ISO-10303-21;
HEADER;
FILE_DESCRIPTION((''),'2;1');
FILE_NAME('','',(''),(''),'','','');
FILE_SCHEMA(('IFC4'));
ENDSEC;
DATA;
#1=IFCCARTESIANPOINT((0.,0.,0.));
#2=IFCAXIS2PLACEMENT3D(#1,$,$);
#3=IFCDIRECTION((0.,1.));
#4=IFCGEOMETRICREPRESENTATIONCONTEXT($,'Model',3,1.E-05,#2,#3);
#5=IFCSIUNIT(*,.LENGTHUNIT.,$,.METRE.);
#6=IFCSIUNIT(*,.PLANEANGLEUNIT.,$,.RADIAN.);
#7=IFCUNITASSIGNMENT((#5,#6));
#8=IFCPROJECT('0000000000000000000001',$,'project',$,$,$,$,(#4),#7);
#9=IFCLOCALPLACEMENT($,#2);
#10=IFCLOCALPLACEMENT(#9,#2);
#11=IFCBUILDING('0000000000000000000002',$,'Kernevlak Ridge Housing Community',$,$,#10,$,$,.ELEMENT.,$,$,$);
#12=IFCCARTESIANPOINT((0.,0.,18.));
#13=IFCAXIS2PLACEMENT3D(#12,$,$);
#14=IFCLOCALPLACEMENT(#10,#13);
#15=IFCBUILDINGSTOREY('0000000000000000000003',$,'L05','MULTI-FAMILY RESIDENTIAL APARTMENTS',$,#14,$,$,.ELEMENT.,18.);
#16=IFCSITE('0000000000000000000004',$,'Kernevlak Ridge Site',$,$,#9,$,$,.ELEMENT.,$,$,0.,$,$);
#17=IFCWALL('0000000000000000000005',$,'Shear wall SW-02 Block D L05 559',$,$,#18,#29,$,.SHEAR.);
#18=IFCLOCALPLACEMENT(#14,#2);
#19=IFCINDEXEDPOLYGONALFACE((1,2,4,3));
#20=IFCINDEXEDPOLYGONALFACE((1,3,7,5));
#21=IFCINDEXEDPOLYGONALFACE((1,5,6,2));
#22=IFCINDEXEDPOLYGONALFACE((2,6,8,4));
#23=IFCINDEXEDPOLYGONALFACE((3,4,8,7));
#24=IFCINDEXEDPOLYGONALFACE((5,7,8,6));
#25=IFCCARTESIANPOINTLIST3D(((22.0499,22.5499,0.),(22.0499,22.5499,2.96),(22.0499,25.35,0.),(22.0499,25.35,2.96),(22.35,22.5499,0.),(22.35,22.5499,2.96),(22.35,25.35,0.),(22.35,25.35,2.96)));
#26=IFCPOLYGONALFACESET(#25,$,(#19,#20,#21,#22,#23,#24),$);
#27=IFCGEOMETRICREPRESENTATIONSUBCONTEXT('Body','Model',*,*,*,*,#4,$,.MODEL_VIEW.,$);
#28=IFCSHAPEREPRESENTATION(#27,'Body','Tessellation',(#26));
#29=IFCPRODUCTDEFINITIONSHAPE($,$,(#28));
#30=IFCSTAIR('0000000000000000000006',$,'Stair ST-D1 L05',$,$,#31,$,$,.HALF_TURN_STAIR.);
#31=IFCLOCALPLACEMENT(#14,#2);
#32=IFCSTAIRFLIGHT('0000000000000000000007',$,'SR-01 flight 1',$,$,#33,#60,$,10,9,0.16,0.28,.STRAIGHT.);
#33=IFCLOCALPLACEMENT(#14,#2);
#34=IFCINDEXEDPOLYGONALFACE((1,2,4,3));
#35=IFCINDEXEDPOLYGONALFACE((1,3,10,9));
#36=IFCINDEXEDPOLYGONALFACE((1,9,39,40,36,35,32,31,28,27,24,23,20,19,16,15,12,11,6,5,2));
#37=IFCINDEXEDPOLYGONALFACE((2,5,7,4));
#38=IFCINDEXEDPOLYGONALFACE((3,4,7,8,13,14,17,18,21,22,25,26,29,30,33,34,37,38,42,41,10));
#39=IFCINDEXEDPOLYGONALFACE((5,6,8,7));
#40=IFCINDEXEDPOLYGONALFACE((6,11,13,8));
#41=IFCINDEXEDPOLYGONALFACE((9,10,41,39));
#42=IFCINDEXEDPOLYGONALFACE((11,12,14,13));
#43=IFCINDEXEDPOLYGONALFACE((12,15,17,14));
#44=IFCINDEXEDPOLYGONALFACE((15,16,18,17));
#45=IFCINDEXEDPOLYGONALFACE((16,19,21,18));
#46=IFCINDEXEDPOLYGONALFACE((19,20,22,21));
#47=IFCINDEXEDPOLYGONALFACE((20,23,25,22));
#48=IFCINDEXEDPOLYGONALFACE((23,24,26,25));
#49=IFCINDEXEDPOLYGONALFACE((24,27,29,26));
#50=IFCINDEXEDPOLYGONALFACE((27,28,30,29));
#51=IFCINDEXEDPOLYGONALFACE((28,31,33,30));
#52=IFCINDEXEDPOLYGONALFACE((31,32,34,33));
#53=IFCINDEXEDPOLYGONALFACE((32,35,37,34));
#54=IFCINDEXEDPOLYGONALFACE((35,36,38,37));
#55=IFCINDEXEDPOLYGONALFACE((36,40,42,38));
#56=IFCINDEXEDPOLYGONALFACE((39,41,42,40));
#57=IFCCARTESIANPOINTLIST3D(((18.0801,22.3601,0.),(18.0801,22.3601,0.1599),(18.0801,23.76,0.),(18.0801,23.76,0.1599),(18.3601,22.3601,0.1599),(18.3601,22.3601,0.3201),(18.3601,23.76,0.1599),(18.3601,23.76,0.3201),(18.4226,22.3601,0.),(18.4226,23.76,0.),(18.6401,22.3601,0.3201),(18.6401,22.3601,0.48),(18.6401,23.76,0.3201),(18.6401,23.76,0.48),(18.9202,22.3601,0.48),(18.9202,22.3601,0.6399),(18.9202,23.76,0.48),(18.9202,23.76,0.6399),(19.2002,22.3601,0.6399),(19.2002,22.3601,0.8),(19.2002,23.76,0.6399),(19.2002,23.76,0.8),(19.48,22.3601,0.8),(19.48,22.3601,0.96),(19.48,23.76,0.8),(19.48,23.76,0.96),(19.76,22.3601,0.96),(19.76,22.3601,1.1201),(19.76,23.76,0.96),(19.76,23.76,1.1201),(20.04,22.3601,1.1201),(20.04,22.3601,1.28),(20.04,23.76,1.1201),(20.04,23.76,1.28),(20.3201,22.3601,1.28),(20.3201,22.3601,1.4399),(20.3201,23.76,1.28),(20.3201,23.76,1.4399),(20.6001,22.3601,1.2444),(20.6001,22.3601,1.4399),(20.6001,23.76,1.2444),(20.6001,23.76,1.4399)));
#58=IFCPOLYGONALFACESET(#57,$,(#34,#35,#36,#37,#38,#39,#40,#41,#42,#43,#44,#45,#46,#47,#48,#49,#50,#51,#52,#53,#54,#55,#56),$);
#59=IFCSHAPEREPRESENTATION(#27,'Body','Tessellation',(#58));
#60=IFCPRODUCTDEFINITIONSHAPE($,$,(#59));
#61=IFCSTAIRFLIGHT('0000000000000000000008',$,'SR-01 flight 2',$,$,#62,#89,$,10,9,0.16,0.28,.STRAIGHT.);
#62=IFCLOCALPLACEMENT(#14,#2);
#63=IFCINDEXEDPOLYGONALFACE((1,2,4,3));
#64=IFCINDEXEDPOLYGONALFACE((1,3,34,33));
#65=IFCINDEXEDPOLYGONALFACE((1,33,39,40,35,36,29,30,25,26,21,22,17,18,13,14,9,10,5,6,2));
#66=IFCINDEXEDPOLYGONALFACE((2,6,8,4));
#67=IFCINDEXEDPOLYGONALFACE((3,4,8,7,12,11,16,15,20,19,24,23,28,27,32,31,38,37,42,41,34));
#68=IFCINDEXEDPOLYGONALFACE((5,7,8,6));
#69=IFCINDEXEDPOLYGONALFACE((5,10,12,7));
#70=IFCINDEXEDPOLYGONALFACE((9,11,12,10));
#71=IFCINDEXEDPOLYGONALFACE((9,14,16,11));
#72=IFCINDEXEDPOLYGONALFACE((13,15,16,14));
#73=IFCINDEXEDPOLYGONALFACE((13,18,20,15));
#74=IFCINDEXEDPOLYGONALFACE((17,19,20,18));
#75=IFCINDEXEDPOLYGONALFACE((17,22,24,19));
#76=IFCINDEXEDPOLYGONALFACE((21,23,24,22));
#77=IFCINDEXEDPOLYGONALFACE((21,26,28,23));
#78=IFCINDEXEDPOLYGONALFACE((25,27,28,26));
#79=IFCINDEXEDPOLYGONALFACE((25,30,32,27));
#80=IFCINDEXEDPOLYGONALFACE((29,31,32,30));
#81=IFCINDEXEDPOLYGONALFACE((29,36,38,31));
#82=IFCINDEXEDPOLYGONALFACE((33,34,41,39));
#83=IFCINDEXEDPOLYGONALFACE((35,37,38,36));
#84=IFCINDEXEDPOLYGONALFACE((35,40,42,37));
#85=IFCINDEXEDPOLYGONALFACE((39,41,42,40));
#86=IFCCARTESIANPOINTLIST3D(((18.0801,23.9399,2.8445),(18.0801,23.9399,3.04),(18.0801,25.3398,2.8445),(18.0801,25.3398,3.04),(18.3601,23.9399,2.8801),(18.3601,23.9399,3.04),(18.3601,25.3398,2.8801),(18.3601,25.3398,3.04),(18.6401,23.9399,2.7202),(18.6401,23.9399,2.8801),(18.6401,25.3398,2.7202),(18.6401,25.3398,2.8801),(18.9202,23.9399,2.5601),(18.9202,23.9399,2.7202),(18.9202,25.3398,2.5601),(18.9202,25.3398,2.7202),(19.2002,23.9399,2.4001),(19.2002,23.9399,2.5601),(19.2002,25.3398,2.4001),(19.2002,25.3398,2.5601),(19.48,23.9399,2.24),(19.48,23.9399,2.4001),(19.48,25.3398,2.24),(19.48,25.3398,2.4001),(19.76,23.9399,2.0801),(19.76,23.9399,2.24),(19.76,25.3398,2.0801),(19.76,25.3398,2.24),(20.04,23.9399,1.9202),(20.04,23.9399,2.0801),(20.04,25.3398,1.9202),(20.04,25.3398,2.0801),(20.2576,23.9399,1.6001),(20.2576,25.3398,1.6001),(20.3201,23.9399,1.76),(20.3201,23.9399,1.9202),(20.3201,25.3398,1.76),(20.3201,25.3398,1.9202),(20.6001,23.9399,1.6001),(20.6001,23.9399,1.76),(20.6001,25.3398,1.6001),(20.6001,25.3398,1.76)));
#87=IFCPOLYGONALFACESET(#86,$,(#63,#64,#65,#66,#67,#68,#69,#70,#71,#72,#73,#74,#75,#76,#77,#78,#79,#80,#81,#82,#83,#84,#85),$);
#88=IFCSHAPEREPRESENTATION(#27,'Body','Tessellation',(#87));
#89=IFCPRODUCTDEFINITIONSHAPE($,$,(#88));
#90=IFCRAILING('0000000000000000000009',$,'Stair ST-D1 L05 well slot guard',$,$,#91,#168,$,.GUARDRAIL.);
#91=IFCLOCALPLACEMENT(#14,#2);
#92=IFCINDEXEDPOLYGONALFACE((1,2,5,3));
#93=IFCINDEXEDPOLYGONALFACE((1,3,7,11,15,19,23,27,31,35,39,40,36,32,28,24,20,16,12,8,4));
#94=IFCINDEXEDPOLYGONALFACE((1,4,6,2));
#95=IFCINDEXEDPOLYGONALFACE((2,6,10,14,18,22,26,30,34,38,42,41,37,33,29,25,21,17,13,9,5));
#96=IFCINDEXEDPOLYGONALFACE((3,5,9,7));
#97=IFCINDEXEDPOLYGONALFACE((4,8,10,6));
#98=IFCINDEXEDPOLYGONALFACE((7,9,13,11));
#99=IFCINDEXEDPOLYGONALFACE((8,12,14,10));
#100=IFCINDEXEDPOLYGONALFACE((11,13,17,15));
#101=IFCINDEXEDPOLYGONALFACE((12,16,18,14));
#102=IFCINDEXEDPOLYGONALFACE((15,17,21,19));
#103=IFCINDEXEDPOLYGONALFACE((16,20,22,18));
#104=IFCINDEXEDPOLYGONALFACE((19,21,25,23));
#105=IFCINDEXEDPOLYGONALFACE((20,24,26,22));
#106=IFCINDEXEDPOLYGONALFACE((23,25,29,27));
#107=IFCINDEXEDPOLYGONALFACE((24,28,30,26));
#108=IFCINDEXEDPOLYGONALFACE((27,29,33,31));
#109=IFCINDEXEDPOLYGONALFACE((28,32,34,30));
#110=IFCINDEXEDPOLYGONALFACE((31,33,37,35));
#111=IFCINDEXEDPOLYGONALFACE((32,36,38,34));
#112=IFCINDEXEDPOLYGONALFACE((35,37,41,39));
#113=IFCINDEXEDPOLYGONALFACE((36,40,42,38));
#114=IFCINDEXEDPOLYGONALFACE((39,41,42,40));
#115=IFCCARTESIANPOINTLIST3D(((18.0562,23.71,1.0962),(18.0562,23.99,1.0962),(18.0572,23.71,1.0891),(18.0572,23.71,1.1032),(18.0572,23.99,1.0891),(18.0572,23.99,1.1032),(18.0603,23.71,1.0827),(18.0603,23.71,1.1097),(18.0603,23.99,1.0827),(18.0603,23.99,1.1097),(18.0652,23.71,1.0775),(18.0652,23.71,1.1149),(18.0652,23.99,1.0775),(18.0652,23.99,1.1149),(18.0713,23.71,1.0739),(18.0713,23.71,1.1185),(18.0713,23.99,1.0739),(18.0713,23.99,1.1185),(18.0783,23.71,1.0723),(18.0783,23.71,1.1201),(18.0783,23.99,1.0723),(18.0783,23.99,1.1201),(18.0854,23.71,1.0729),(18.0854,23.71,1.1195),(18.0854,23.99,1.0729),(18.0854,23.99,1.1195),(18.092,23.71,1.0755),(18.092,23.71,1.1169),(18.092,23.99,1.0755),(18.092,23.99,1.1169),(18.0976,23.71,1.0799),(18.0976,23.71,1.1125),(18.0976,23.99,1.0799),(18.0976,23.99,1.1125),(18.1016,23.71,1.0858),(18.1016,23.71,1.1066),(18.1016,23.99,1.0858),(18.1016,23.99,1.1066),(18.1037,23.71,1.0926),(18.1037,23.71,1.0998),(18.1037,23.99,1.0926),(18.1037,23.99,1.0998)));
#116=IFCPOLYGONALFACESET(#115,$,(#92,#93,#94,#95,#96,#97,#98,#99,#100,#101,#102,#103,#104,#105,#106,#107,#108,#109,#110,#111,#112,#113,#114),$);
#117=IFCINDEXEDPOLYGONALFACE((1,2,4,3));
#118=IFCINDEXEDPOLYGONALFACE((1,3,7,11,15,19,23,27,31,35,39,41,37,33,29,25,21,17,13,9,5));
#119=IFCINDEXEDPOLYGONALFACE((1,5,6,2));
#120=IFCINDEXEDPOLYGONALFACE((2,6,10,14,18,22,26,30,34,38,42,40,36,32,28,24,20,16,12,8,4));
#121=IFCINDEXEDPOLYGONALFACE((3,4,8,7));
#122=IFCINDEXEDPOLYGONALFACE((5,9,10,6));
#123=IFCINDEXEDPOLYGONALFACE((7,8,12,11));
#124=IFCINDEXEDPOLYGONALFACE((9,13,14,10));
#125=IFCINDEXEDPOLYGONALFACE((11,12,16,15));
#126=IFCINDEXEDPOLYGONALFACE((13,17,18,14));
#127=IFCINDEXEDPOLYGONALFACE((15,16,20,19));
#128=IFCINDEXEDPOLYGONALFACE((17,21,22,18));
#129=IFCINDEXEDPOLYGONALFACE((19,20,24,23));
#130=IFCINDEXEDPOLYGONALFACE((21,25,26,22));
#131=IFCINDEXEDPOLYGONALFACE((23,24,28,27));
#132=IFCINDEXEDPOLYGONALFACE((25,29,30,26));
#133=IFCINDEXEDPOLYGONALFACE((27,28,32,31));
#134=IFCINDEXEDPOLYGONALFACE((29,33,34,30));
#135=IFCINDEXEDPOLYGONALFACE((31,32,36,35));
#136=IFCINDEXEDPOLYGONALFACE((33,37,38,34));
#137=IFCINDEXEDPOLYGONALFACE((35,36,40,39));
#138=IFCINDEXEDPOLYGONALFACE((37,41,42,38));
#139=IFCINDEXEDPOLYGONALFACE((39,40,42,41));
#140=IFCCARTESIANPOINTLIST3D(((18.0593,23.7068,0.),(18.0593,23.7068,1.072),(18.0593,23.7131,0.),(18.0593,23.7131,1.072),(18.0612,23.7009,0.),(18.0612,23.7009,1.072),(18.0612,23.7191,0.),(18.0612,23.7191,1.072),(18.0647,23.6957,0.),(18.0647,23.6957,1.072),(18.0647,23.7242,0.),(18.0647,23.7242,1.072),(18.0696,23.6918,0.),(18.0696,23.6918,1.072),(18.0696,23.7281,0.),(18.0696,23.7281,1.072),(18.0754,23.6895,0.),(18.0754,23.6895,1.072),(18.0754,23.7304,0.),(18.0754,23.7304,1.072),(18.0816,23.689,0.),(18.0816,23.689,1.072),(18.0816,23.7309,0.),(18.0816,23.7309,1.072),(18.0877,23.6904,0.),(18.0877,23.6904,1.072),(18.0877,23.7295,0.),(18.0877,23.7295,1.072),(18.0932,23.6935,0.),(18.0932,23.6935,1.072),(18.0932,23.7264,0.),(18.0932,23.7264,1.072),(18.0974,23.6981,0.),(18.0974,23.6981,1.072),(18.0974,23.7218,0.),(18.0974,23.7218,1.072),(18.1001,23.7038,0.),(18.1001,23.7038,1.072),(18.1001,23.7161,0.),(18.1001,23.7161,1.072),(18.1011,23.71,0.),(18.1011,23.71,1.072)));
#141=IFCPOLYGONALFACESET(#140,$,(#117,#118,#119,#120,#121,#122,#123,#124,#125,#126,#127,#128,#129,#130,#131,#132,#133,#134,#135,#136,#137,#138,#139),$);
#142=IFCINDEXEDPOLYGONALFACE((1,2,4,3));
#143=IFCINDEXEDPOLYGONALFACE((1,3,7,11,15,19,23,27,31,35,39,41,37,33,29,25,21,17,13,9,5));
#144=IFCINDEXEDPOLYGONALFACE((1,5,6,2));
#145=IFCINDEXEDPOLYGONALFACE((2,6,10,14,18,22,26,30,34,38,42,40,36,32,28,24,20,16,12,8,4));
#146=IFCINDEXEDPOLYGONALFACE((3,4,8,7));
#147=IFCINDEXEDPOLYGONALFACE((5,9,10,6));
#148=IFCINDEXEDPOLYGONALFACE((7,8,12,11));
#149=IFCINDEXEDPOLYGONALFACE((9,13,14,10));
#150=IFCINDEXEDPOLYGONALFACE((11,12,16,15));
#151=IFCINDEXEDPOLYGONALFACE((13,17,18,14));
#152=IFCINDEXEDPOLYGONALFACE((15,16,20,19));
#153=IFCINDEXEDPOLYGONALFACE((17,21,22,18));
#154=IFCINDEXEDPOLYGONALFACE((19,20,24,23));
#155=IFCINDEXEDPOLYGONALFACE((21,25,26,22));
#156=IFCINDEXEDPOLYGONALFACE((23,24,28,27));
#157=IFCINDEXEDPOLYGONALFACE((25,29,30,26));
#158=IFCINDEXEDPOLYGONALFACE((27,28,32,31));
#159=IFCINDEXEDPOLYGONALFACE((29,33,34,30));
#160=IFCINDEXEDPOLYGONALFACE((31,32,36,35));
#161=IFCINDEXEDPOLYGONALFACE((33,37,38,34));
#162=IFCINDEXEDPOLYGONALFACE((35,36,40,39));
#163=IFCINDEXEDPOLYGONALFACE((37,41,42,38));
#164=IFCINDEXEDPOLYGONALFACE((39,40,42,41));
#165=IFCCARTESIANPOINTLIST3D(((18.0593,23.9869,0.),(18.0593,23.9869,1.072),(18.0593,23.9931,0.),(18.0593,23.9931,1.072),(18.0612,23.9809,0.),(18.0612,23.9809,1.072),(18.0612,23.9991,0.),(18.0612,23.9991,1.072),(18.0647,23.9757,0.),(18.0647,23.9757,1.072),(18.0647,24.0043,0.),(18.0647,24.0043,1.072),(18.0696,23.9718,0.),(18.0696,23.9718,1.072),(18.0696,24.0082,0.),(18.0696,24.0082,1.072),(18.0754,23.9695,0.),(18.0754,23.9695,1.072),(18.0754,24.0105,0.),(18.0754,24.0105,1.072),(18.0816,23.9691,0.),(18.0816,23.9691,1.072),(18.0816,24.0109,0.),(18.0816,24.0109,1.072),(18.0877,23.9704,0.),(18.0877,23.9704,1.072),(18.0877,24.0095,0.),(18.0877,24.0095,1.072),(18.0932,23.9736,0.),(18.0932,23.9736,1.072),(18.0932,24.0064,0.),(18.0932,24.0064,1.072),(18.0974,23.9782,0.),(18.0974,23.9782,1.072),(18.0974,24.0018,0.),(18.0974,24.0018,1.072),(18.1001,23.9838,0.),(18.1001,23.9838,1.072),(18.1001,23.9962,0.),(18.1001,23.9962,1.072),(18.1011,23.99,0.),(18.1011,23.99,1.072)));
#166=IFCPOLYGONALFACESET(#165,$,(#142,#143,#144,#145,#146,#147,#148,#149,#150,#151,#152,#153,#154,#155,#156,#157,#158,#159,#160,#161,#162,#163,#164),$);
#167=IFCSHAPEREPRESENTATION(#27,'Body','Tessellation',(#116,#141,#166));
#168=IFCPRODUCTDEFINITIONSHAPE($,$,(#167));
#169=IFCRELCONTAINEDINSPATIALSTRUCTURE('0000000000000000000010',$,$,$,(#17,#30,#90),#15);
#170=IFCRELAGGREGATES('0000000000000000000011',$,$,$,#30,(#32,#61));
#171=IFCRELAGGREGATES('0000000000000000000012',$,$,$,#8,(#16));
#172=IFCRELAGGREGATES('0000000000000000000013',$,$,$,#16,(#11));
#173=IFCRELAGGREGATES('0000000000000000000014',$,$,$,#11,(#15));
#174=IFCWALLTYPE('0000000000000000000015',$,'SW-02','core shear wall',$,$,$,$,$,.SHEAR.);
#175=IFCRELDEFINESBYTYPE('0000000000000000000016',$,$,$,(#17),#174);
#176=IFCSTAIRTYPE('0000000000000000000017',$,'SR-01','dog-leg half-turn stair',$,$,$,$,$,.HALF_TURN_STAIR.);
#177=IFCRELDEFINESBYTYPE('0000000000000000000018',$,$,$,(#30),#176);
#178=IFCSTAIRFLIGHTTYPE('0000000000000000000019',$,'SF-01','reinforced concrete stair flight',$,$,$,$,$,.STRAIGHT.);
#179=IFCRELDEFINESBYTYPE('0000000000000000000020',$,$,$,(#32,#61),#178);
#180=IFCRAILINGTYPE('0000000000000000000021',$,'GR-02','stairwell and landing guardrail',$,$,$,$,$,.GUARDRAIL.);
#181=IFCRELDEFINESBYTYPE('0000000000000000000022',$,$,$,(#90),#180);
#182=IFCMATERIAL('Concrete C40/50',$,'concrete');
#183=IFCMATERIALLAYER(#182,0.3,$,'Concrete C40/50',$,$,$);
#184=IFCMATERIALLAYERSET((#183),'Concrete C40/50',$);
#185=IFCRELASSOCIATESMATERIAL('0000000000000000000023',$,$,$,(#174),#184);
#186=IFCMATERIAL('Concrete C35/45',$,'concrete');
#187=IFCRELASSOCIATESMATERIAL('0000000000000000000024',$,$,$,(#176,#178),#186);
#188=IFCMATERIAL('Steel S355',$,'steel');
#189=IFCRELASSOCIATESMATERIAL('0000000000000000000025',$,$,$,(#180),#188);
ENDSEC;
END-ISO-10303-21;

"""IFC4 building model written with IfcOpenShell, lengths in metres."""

from ifc_helpers import new_model, si_unit, direction, frame, frame_2d, origin, origin_2d, place, context, subcontext, project, spatial, polyline, rectangle, circle, outline, extrude, material, layer, layer_set, type_object, element, aggregate, save


model = new_model("IFC4")

# Units and contexts
model_context = context("Model", 3, precision=1e-05, world=origin(), true_north=direction((0.0, 1.0)))
body_context = subcontext(model_context, "Body", "Model", "MODEL_VIEW")
ifc_project = project(units=[si_unit("LENGTHUNIT", "METRE"), si_unit("PLANEANGLEUNIT", "RADIAN")], contexts=[model_context])

# Site, building, storey
site_placement = place(None, origin())
site = spatial("IfcSite", under=ifc_project, at=site_placement, Name="Kernevlak Ridge Site", CompositionType="ELEMENT", RefElevation=0.0)
building_placement = place(site_placement, origin())
building = spatial("IfcBuilding", under=site, at=building_placement, Name="Kernevlak Ridge Housing Community", CompositionType="ELEMENT")
storey_placement = place(building_placement, frame((0.0, 0.0, 18.0)))
storey = spatial("IfcBuildingStorey", under=building, at=storey_placement, Name="L05", Description="MULTI-FAMILY RESIDENTIAL APARTMENTS", CompositionType="ELEMENT", Elevation=18.0)

# Shared definitions
ifc_material_1 = material(Name="Concrete C35/45", Category="concrete")

# Wall
ifc_material_2 = material(Name="Concrete C40/50", Category="concrete")
ifc_layer_1 = layer(ifc_material_2, 0.3, Name="Concrete C40/50")
ifc_layer_set_1 = layer_set([ifc_layer_1], Name="Concrete C40/50")
wall_type_1 = type_object("IfcWallType", Name="SW-02", Description="core shear wall", PredefinedType="SHEAR", material=ifc_layer_set_1)
wall_1_placement = place(storey_placement, frame((22.2, 22.55, 0.0), z_axis=(0.0, 0.0, 1.0), x_axis=(0.0, 1.0, 0.0)))
element("IfcWall", 1, at=wall_1_placement, inside=storey, type_object=wall_type_1, Name="Shear wall SW-02 Block D L05 559", PredefinedType="SHEAR", context=body_context, shape_type="SweptSolid", body=[
    extrude(rectangle(XDim=2.8, YDim=0.3, at=frame_2d((1.3999, 0.0))), origin(), (0.0, 0.0, 1.0), 2.96),
])

# Stair, stair flights
stair_type = type_object("IfcStairType", Name="SR-01", Description="dog-leg half-turn stair", PredefinedType="HALF_TURN_STAIR", material=ifc_material_1)
stair_placement = place(storey_placement, origin())
stair = element("IfcStair", 2, at=stair_placement, inside=storey, type_object=stair_type, Name="Stair ST-D1 L05", PredefinedType="HALF_TURN_STAIR")
stair_flight_type = type_object("IfcStairFlightType", Name="SF-01", Description="reinforced concrete stair flight", PredefinedType="STRAIGHT", material=ifc_material_1)
stair_flight_1_placement = place(storey_placement, frame((18.0801, 23.0601, 0.0), z_axis=(0.0, 0.0, 1.0), x_axis=(1.0, 0.0, 0.0)))
stair_flight_1 = element("IfcStairFlight", 3, at=stair_flight_1_placement, type_object=stair_flight_type, Name="SR-01 flight 1", NumberOfRisers=10, NumberOfTreads=9, PredefinedType="STRAIGHT", RiserHeight=0.16, TreadLength=0.28, context=body_context, shape_type="SweptSolid", body=[
    extrude(outline(polyline([(0.0, 0.0), (0.0, 0.1599), (0.28, 0.1599), (0.28, 0.3201), (0.5601, 0.3201), (0.5601, 0.48), (0.8401, 0.48), (0.8401, 0.6399), (1.1201, 0.6399), (1.1201, 0.8), (1.3999, 0.8), (1.3999, 0.96), (1.6799, 0.96), (1.6799, 1.1201), (1.96, 1.1201), (1.96, 1.28), (2.24, 1.28), (2.24, 1.4399), (2.52, 1.4399), (2.52, 1.6001), (2.52, 1.2444), (0.3425, 0.0), (0.0, 0.0)])), frame((0.0, 0.7, 0.0), z_axis=(0.0, -1.0, 0.0), x_axis=(1.0, 0.0, 0.0)), (0.0, 0.0, 1.0), 1.3999),
])
stair_flight_2_placement = place(storey_placement, frame((20.6001, 24.6399, 1.6001), z_axis=(0.0, 0.0, 1.0), x_axis=(-1.0, 0.0, 0.0)))
stair_flight_2 = element("IfcStairFlight", 4, at=stair_flight_2_placement, type_object=stair_flight_type, Name="SR-01 flight 2", NumberOfRisers=10, NumberOfTreads=9, PredefinedType="STRAIGHT", RiserHeight=0.16, TreadLength=0.28, context=body_context, shape_type="SweptSolid", body=[
    extrude(outline(polyline([(0.0, 0.0), (0.0, 0.1599), (0.28, 0.1599), (0.28, 0.3201), (0.5601, 0.3201), (0.5601, 0.48), (0.8401, 0.48), (0.8401, 0.6399), (1.1201, 0.6399), (1.1201, 0.8), (1.3999, 0.8), (1.3999, 0.96), (1.6799, 0.96), (1.6799, 1.1201), (1.96, 1.1201), (1.96, 1.28), (2.24, 1.28), (2.24, 1.4399), (2.52, 1.4399), (2.52, 1.6001), (2.52, 1.2444), (0.3425, 0.0), (0.0, 0.0)])), frame((0.0, 0.7, 0.0), z_axis=(0.0, -1.0, 0.0), x_axis=(1.0, 0.0, 0.0)), (0.0, 0.0, 1.0), 1.3999),
])
aggregate(stair, [stair_flight_1, stair_flight_2])

# Railing
ifc_material_3 = material(Name="Steel S355", Category="steel")
railing_type_1 = type_object("IfcRailingType", Name="GR-02", Description="stairwell and landing guardrail", PredefinedType="GUARDRAIL", material=ifc_material_3)
railing_1_placement = place(storey_placement, frame((18.0801, 23.71, 0.0)))
element("IfcRailing", 5, at=railing_1_placement, inside=storey, type_object=railing_type_1, Name="Stair ST-D1 L05 well slot guard", PredefinedType="GUARDRAIL", context=body_context, shape_type="SweptSolid", body=[
    extrude(circle(Radius=0.0239, at=origin_2d()), frame((0.0, 0.0, 1.0962), z_axis=(0.0, 1.0, 0.0), x_axis=(-1.0, 0.0, 0.0)), (0.0, 0.0, 1.0), 0.28),
    extrude(circle(Radius=0.021, at=origin_2d()), origin(), (0.0, 0.0, 1.0), 1.072),
    extrude(circle(Radius=0.021, at=origin_2d()), frame((0.0, 0.28, 0.0)), (0.0, 0.0, 1.0), 1.072),
])

save(model, "model.ifc")
